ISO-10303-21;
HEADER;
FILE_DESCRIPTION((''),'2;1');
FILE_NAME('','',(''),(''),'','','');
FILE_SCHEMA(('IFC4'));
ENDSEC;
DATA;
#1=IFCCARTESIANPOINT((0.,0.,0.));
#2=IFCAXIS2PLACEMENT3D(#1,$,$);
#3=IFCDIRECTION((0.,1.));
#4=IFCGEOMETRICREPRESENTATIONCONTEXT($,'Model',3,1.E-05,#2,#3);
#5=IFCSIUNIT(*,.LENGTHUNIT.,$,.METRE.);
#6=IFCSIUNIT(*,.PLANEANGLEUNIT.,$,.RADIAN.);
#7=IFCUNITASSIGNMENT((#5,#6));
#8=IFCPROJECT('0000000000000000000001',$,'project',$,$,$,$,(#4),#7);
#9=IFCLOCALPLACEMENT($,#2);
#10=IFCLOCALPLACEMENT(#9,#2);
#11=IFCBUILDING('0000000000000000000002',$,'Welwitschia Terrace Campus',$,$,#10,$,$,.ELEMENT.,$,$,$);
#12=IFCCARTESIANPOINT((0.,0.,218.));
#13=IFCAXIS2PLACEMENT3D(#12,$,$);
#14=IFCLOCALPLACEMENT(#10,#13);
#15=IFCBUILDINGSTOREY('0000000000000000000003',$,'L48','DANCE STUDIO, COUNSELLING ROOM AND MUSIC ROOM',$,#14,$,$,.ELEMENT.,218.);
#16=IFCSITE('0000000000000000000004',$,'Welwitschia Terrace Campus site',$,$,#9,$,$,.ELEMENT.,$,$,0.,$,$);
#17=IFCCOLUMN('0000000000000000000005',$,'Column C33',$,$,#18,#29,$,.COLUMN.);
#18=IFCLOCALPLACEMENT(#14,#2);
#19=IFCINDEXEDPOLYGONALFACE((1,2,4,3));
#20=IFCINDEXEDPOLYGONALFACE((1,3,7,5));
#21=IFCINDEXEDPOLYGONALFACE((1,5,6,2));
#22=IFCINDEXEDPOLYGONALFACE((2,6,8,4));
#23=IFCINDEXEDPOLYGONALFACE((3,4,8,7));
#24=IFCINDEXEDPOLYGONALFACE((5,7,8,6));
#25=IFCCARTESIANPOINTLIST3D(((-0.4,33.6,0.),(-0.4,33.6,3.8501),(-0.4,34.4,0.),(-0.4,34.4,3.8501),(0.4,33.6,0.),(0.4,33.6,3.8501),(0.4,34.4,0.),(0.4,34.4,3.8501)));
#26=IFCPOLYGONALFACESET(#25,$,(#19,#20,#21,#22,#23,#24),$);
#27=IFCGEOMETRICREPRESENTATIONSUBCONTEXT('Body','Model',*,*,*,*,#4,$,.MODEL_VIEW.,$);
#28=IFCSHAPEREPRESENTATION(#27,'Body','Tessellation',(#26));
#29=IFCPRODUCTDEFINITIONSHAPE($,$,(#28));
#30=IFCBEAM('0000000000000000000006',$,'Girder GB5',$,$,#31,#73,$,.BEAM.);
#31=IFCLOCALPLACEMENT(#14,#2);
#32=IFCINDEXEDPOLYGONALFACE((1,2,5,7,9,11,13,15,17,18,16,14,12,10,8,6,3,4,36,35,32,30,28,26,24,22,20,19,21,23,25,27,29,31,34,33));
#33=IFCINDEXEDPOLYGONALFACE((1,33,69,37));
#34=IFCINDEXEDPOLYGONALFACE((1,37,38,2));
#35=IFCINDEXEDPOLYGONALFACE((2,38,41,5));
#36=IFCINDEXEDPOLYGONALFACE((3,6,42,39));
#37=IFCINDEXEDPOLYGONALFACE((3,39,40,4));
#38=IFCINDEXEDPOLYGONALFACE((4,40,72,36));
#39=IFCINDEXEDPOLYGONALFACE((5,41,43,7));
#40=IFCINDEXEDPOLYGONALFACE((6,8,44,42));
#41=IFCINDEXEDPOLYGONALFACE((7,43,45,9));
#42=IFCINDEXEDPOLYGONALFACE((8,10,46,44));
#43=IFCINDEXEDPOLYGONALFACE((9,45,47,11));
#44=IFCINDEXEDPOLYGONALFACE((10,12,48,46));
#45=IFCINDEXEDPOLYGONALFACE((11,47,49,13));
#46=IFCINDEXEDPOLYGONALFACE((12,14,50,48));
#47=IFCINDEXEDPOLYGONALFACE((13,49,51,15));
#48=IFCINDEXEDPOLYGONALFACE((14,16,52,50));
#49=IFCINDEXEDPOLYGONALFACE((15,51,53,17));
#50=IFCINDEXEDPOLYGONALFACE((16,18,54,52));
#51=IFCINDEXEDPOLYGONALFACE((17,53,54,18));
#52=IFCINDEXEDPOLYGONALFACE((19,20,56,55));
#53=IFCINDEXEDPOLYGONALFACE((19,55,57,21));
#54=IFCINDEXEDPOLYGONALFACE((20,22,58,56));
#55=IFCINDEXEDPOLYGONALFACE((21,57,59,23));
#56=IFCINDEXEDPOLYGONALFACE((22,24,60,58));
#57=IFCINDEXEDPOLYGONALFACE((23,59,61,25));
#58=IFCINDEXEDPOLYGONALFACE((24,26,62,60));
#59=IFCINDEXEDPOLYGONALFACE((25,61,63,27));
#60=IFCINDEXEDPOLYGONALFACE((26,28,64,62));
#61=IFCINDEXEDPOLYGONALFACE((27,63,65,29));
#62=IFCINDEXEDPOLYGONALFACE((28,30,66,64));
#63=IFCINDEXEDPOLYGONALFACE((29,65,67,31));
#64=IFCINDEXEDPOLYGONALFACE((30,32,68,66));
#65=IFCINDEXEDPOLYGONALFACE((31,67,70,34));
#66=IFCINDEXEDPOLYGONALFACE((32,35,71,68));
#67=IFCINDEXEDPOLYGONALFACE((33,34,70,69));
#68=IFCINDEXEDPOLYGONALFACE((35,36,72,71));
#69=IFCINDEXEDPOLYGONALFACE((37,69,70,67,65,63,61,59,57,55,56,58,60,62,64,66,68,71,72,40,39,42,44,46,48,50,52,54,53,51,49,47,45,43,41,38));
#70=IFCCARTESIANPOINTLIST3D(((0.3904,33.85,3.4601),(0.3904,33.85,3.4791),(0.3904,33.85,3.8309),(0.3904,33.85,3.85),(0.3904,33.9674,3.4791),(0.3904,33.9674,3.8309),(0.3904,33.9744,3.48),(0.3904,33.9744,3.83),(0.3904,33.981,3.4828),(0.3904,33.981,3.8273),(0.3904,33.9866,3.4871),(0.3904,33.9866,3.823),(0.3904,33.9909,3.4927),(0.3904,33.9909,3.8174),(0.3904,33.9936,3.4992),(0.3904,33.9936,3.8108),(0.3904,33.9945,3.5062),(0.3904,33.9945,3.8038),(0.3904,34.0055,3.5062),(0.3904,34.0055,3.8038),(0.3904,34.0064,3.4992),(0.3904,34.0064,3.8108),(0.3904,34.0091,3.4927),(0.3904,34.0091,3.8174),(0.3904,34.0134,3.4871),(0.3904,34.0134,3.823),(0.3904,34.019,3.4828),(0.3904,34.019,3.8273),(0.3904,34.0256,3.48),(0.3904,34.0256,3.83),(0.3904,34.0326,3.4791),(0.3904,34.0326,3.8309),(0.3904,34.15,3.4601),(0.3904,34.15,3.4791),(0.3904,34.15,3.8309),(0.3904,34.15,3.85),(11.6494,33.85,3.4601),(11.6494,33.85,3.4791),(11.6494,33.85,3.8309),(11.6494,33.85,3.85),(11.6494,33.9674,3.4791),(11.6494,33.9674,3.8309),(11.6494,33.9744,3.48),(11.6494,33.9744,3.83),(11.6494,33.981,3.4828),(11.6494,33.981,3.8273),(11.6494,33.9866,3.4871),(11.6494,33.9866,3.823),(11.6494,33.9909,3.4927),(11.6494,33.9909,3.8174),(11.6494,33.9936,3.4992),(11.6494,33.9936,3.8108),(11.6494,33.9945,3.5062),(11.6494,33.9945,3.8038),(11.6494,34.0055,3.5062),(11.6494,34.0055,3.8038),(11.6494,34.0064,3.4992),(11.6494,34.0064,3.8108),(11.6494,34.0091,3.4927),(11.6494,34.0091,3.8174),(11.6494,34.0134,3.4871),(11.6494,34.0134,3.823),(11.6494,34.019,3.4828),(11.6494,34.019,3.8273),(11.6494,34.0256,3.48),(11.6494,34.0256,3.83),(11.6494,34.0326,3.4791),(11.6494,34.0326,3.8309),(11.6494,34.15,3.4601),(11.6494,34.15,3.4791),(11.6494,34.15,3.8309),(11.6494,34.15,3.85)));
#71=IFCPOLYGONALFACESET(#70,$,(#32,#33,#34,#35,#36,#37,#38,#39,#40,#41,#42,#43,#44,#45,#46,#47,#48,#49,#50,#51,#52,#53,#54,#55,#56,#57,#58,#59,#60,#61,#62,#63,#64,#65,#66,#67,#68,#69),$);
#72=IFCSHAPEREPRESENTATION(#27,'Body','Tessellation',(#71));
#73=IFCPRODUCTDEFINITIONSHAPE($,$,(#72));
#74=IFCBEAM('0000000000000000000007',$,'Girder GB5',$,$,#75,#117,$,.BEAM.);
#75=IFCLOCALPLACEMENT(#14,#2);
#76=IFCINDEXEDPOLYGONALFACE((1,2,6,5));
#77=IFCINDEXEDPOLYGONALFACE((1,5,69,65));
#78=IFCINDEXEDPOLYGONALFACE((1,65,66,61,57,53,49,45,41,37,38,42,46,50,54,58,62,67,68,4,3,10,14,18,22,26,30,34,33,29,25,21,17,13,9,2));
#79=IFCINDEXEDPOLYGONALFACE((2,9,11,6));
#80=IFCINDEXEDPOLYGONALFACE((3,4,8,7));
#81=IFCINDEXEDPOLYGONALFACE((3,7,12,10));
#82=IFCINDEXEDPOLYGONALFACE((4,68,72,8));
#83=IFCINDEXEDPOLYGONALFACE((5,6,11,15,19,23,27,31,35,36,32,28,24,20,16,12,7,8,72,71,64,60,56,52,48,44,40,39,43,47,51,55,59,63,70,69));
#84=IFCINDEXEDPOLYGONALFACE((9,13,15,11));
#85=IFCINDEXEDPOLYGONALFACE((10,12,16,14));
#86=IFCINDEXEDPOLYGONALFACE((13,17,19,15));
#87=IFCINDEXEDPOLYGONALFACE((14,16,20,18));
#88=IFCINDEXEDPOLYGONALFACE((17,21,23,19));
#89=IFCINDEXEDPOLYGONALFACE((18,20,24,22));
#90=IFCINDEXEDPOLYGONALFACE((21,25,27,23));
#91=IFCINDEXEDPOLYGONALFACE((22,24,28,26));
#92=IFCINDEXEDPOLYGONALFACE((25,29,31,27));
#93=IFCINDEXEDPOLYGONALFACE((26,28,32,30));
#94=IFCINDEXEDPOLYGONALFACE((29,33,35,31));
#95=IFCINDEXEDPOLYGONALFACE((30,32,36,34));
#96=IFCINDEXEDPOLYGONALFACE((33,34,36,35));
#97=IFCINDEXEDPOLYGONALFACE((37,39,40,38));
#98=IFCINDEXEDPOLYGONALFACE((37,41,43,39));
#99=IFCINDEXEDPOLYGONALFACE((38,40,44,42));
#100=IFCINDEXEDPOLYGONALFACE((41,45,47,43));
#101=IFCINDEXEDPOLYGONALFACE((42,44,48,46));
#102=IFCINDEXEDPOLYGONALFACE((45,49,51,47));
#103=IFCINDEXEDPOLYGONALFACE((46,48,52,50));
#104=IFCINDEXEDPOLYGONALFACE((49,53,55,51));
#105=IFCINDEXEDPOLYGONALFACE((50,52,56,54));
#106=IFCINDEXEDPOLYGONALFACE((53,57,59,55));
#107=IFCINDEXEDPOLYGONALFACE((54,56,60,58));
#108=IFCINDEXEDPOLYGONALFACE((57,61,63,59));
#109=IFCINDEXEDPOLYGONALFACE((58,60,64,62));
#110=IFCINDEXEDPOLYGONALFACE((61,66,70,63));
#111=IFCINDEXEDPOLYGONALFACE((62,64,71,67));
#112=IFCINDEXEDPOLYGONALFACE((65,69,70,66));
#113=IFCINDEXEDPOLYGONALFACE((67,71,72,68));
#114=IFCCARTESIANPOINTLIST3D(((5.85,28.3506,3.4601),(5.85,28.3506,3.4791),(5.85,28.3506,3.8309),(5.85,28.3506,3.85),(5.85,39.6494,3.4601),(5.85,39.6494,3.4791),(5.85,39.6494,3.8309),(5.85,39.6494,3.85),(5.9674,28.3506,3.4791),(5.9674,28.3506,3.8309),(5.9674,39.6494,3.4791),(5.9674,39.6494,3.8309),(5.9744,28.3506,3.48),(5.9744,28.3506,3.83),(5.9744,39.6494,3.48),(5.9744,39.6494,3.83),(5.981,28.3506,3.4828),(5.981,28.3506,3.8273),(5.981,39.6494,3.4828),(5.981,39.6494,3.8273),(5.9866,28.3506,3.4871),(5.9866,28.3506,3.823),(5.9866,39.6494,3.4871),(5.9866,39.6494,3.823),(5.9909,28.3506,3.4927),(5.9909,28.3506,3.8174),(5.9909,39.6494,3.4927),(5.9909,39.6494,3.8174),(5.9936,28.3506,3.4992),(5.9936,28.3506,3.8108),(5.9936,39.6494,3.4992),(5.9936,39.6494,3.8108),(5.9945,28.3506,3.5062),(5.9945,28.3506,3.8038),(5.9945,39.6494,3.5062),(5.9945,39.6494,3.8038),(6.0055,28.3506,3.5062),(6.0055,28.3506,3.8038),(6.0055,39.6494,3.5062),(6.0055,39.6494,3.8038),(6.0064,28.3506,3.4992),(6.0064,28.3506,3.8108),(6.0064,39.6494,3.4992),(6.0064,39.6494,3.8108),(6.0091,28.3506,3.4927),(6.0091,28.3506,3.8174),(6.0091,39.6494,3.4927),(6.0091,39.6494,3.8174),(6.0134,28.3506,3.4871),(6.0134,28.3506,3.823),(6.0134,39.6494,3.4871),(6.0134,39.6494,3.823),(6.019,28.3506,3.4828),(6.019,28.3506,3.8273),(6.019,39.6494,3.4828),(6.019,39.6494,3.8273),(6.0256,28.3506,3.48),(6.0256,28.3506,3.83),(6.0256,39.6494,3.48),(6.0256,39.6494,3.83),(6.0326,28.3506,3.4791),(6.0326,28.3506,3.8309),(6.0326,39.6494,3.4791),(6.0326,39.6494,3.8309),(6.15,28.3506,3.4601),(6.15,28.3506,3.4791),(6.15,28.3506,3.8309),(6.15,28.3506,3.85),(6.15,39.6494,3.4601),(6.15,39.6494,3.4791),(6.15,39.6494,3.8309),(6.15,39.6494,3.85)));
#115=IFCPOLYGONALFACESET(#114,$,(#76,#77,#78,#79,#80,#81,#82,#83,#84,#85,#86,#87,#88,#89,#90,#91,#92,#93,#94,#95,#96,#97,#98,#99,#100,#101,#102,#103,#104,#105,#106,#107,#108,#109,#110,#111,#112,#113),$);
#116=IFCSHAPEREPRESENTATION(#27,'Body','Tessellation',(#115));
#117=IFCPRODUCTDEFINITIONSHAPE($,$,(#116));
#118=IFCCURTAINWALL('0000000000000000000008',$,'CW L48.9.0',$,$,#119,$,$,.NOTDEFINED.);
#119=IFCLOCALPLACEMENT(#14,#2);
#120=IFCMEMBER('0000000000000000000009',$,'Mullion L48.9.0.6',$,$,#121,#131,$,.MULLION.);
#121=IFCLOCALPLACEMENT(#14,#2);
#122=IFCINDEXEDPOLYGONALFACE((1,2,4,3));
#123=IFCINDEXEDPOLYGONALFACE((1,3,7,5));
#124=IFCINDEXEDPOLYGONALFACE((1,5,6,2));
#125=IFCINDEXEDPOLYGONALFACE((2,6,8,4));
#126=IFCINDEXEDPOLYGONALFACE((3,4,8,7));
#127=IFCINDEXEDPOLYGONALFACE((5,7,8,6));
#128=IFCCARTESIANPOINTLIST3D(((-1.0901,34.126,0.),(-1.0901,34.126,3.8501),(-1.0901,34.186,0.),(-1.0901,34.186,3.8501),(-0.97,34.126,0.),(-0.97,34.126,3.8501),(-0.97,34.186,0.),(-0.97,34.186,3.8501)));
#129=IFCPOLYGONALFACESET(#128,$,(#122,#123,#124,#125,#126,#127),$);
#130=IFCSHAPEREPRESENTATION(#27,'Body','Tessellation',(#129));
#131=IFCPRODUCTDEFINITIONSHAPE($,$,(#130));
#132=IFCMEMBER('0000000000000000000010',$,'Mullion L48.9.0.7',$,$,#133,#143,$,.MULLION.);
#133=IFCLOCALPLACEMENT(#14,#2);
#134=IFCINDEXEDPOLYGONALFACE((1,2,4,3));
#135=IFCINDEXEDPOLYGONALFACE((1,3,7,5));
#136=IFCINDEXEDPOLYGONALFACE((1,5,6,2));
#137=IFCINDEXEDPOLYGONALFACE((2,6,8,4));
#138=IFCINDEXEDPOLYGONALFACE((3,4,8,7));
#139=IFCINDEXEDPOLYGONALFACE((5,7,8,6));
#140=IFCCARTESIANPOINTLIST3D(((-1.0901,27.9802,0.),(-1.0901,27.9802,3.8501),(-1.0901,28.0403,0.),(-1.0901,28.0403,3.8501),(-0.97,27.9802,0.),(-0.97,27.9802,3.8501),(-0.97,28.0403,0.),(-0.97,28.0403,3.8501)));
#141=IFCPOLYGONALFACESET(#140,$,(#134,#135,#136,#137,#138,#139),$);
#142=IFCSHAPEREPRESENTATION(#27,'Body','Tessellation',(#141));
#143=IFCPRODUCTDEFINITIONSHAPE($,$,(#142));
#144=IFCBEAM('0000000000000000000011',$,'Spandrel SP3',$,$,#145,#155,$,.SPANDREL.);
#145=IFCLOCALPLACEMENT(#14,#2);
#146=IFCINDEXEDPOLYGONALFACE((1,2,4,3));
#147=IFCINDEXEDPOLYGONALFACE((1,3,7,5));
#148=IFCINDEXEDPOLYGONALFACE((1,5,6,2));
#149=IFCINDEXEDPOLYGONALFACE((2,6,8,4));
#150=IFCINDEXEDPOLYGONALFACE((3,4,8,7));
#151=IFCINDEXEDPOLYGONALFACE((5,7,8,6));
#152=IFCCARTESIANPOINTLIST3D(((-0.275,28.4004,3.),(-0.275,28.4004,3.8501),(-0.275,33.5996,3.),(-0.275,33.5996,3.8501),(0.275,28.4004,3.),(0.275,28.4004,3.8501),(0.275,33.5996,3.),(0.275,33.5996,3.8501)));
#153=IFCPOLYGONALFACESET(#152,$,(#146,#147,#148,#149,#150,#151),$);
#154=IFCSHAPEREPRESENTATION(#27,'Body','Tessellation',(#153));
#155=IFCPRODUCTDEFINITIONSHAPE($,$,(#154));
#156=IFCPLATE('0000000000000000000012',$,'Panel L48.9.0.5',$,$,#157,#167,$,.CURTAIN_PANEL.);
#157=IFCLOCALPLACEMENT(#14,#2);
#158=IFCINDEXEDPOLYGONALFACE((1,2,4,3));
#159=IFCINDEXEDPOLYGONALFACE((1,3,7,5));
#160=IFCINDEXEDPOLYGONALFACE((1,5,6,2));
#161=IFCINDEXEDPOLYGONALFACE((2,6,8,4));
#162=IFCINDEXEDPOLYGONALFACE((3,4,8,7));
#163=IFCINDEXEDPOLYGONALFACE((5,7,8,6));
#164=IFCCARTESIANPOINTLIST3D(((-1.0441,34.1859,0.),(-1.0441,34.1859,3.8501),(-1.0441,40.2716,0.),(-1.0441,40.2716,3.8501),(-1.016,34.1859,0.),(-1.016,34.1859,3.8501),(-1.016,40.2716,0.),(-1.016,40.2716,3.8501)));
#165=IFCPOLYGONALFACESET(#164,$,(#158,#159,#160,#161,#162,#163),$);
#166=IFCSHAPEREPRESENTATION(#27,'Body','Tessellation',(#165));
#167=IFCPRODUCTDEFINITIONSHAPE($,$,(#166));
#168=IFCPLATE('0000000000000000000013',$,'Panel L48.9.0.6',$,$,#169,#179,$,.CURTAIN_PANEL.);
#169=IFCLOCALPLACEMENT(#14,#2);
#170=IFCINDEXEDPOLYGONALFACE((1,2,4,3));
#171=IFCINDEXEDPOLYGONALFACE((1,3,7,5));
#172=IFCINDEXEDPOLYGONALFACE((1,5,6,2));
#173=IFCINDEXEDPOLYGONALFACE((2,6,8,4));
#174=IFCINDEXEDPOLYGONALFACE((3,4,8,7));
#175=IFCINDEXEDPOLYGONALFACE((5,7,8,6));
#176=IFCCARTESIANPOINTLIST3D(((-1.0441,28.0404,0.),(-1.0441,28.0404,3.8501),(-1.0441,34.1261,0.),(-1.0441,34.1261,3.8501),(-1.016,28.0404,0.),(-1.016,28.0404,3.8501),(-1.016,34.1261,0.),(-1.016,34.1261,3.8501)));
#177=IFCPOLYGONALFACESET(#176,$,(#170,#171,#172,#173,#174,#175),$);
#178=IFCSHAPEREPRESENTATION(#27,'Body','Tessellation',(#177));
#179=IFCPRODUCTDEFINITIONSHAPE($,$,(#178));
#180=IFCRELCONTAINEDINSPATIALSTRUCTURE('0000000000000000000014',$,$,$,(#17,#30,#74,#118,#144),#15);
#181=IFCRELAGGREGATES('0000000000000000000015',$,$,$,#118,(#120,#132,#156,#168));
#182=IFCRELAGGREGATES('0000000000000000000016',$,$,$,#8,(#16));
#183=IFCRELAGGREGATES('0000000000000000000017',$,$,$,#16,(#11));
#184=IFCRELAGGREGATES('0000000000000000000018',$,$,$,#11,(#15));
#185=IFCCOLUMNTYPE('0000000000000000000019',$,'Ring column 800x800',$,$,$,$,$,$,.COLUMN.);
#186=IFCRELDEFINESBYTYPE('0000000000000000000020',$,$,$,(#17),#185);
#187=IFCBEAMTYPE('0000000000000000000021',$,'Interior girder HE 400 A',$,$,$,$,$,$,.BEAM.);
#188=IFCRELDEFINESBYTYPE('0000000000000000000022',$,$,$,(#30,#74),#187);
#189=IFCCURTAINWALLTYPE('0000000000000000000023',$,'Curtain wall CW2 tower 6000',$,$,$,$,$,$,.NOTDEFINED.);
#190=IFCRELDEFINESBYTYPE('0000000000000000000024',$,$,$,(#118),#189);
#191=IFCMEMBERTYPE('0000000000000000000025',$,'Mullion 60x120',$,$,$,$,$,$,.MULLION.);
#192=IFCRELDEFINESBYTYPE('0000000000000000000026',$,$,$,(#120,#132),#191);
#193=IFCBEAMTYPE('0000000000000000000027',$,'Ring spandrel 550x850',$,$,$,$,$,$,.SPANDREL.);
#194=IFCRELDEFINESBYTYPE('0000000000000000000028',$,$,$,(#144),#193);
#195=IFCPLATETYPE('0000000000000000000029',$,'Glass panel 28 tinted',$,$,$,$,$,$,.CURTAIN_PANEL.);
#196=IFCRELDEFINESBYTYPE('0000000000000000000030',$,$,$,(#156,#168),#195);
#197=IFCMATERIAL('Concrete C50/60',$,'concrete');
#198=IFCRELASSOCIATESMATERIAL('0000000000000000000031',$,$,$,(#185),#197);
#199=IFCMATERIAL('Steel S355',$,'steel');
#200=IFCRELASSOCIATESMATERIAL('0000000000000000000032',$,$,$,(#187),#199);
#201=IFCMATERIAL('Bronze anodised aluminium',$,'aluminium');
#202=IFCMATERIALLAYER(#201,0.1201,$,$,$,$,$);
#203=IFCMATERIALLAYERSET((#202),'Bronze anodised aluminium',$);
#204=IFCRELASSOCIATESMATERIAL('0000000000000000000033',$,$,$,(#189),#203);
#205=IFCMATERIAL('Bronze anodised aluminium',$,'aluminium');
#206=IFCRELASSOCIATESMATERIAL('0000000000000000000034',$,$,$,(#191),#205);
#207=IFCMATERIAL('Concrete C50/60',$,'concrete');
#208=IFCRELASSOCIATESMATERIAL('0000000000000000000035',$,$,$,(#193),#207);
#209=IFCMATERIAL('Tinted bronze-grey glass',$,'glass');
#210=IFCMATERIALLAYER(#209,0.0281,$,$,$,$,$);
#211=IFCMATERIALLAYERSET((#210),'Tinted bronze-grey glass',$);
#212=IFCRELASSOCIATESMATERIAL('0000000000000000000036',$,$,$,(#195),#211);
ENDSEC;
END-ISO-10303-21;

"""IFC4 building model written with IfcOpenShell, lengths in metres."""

from ifc_helpers import new_model, si_unit, direction, frame, origin, origin_2d, place, context, subcontext, project, spatial, rectangle, i_section, extrude, material, layer, layer_set, material_profile, profile_set, type_object, element, aggregate, save


model = new_model("IFC4")

# Units and contexts
model_context = context("Model", 3, precision=1e-05, world=origin(), true_north=direction((0.0, 1.0)))
body_context = subcontext(model_context, "Body", "Model", "MODEL_VIEW")
ifc_project = project(units=[si_unit("LENGTHUNIT", "METRE"), si_unit("PLANEANGLEUNIT", "RADIAN")], contexts=[model_context])

# Site, building, storey
site_placement = place(None, origin())
site = spatial("IfcSite", under=ifc_project, at=site_placement, Name="Welwitschia Terrace Campus site", CompositionType="ELEMENT", RefElevation=0.0)
building_placement = place(site_placement, origin())
building = spatial("IfcBuilding", under=site, at=building_placement, Name="Welwitschia Terrace Campus", CompositionType="ELEMENT")
storey_placement = place(building_placement, frame((0.0, 0.0, 218.0)))
storey = spatial("IfcBuildingStorey", under=building, at=storey_placement, Name="L48", Description="DANCE STUDIO, COUNSELLING ROOM AND MUSIC ROOM", CompositionType="ELEMENT", Elevation=218.0)

# Column
ifc_material_1 = material(Name="Concrete C50/60", Category="concrete")
ifc_material_profile_1 = material_profile(ifc_material_1, rectangle(XDim=0.8, YDim=0.8, at=origin_2d()))
ifc_profile_set_1 = profile_set([ifc_material_profile_1], Name="Concrete C50/60")
column_type = type_object("IfcColumnType", Name="Ring column 800x800", PredefinedType="COLUMN", material=ifc_profile_set_1)
column_placement = place(storey_placement, frame((0.0, 34.0, 0.0), z_axis=(0.0, 0.0, 1.0), x_axis=(1.0, 0.0, 0.0)))
element("IfcColumn", 1, at=column_placement, inside=storey, type_object=column_type, Name="Column C33", PredefinedType="COLUMN", context=body_context, shape_type="SweptSolid", body=[
    extrude(rectangle(XDim=0.8, YDim=0.8, at=origin_2d()), origin(), (0.0, 0.0, 1.0), 3.8501),
])

# Beams
ifc_material_2 = material(Name="Steel S355", Category="steel")
ifc_material_profile_2 = material_profile(ifc_material_2, i_section(OverallWidth=0.3, OverallDepth=0.3899, WebThickness=0.011, FlangeThickness=0.019, FilletRadius=0.0271, at=origin_2d()))
ifc_profile_set_2 = profile_set([ifc_material_profile_2], Name="Steel S355")
beam_type_1 = type_object("IfcBeamType", Name="Interior girder HE 400 A", PredefinedType="BEAM", material=ifc_profile_set_2)
beam_1_placement = place(storey_placement, frame((0.3904, 34.0, 3.655), z_axis=(1.0, 0.0, 0.0), x_axis=(0.0, 1.0, 0.0)))
element("IfcBeam", 2, at=beam_1_placement, inside=storey, type_object=beam_type_1, Name="Girder GB5", PredefinedType="BEAM", context=body_context, shape_type="SweptSolid", body=[
    extrude(i_section(OverallWidth=0.3, OverallDepth=0.3899, WebThickness=0.011, FlangeThickness=0.019, FilletRadius=0.0271, at=origin_2d()), origin(), (0.0, 0.0, 1.0), 11.259),
])
beam_2_placement = place(storey_placement, frame((6.0, 28.3506, 3.655), z_axis=(0.0, 1.0, 0.0), x_axis=(-1.0, 0.0, 0.0)))
element("IfcBeam", 3, at=beam_2_placement, inside=storey, type_object=beam_type_1, Name="Girder GB5", PredefinedType="BEAM", context=body_context, shape_type="SweptSolid", body=[
    extrude(i_section(OverallWidth=0.3, OverallDepth=0.3899, WebThickness=0.011, FlangeThickness=0.019, FilletRadius=0.0271, at=origin_2d()), origin(), (0.0, 0.0, 1.0), 11.2988),
])

# Curtain wall, members
ifc_material_3 = material(Name="Bronze anodised aluminium", Category="aluminium")
ifc_layer_1 = layer(ifc_material_3, 0.1201)
ifc_layer_set_1 = layer_set([ifc_layer_1], Name="Bronze anodised aluminium")
curtain_wall_type = type_object("IfcCurtainWallType", Name="Curtain wall CW2 tower 6000", PredefinedType="NOTDEFINED", material=ifc_layer_set_1)
curtain_wall_placement = place(storey_placement, origin())
curtain_wall = element("IfcCurtainWall", 4, at=curtain_wall_placement, inside=storey, type_object=curtain_wall_type, Name="CW L48.9.0", PredefinedType="NOTDEFINED")
ifc_material_4 = material(Name="Bronze anodised aluminium", Category="aluminium")
ifc_material_profile_3 = material_profile(ifc_material_4, rectangle(XDim=0.1201, YDim=0.0601, at=origin_2d()))
ifc_profile_set_3 = profile_set([ifc_material_profile_3], Name="Bronze anodised aluminium")
member_type = type_object("IfcMemberType", Name="Mullion 60x120", PredefinedType="MULLION", material=ifc_profile_set_3)
member_1_placement = place(storey_placement, frame((-1.03, 34.156, 0.0), z_axis=(0.0, 0.0, 1.0), x_axis=(1.0, 0.0, 0.0)))
member_1 = element("IfcMember", 5, at=member_1_placement, type_object=member_type, Name="Mullion L48.9.0.6", PredefinedType="MULLION", context=body_context, shape_type="SweptSolid", body=[
    extrude(rectangle(XDim=0.1201, YDim=0.0601, at=origin_2d()), origin(), (0.0, 0.0, 1.0), 3.8501),
])
member_2_placement = place(storey_placement, frame((-1.03, 28.0103, 0.0), z_axis=(0.0, 0.0, 1.0), x_axis=(1.0, 0.0, 0.0)))
member_2 = element("IfcMember", 6, at=member_2_placement, type_object=member_type, Name="Mullion L48.9.0.7", PredefinedType="MULLION", context=body_context, shape_type="SweptSolid", body=[
    extrude(rectangle(XDim=0.1201, YDim=0.0601, at=origin_2d()), origin(), (0.0, 0.0, 1.0), 3.8501),
])

# Beam
ifc_material_5 = material(Name="Concrete C50/60", Category="concrete")
ifc_material_profile_4 = material_profile(ifc_material_5, rectangle(XDim=0.55, YDim=0.8501, at=origin_2d()))
ifc_profile_set_4 = profile_set([ifc_material_profile_4], Name="Concrete C50/60")
beam_type_2 = type_object("IfcBeamType", Name="Ring spandrel 550x850", PredefinedType="SPANDREL", material=ifc_profile_set_4)
beam_3_placement = place(storey_placement, frame((0.0, 33.5996, 3.425), z_axis=(0.0, -1.0, 0.0), x_axis=(1.0, 0.0, 0.0)))
element("IfcBeam", 7, at=beam_3_placement, inside=storey, type_object=beam_type_2, Name="Spandrel SP3", PredefinedType="SPANDREL", context=body_context, shape_type="SweptSolid", body=[
    extrude(rectangle(XDim=0.55, YDim=0.8501, at=origin_2d()), origin(), (0.0, 0.0, 1.0), 5.1992),
])

# Plates
ifc_material_6 = material(Name="Tinted bronze-grey glass", Category="glass")
ifc_layer_2 = layer(ifc_material_6, 0.0281)
ifc_layer_set_2 = layer_set([ifc_layer_2], Name="Tinted bronze-grey glass")
plate_type = type_object("IfcPlateType", Name="Glass panel 28 tinted", PredefinedType="CURTAIN_PANEL", material=ifc_layer_set_2)
plate_1_placement = place(storey_placement, frame((-1.03, 37.2288, 0.0), z_axis=(0.0, 0.0, 1.0), x_axis=(0.0, -1.0, 0.0)))
plate_1 = element("IfcPlate", 8, at=plate_1_placement, type_object=plate_type, Name="Panel L48.9.0.5", PredefinedType="CURTAIN_PANEL", context=body_context, shape_type="SweptSolid", body=[
    extrude(rectangle(XDim=6.0857, YDim=0.0281, at=origin_2d()), origin(), (0.0, 0.0, 1.0), 3.8501),
])
plate_2_placement = place(storey_placement, frame((-1.03, 31.0833, 0.0), z_axis=(0.0, 0.0, 1.0), x_axis=(0.0, -1.0, 0.0)))
plate_2 = element("IfcPlate", 9, at=plate_2_placement, type_object=plate_type, Name="Panel L48.9.0.6", PredefinedType="CURTAIN_PANEL", context=body_context, shape_type="SweptSolid", body=[
    extrude(rectangle(XDim=6.0857, YDim=0.0281, at=origin_2d()), origin(), (0.0, 0.0, 1.0), 3.8501),
])
aggregate(curtain_wall, [member_1, member_2, plate_1, plate_2])

save(model, "model.ifc")
